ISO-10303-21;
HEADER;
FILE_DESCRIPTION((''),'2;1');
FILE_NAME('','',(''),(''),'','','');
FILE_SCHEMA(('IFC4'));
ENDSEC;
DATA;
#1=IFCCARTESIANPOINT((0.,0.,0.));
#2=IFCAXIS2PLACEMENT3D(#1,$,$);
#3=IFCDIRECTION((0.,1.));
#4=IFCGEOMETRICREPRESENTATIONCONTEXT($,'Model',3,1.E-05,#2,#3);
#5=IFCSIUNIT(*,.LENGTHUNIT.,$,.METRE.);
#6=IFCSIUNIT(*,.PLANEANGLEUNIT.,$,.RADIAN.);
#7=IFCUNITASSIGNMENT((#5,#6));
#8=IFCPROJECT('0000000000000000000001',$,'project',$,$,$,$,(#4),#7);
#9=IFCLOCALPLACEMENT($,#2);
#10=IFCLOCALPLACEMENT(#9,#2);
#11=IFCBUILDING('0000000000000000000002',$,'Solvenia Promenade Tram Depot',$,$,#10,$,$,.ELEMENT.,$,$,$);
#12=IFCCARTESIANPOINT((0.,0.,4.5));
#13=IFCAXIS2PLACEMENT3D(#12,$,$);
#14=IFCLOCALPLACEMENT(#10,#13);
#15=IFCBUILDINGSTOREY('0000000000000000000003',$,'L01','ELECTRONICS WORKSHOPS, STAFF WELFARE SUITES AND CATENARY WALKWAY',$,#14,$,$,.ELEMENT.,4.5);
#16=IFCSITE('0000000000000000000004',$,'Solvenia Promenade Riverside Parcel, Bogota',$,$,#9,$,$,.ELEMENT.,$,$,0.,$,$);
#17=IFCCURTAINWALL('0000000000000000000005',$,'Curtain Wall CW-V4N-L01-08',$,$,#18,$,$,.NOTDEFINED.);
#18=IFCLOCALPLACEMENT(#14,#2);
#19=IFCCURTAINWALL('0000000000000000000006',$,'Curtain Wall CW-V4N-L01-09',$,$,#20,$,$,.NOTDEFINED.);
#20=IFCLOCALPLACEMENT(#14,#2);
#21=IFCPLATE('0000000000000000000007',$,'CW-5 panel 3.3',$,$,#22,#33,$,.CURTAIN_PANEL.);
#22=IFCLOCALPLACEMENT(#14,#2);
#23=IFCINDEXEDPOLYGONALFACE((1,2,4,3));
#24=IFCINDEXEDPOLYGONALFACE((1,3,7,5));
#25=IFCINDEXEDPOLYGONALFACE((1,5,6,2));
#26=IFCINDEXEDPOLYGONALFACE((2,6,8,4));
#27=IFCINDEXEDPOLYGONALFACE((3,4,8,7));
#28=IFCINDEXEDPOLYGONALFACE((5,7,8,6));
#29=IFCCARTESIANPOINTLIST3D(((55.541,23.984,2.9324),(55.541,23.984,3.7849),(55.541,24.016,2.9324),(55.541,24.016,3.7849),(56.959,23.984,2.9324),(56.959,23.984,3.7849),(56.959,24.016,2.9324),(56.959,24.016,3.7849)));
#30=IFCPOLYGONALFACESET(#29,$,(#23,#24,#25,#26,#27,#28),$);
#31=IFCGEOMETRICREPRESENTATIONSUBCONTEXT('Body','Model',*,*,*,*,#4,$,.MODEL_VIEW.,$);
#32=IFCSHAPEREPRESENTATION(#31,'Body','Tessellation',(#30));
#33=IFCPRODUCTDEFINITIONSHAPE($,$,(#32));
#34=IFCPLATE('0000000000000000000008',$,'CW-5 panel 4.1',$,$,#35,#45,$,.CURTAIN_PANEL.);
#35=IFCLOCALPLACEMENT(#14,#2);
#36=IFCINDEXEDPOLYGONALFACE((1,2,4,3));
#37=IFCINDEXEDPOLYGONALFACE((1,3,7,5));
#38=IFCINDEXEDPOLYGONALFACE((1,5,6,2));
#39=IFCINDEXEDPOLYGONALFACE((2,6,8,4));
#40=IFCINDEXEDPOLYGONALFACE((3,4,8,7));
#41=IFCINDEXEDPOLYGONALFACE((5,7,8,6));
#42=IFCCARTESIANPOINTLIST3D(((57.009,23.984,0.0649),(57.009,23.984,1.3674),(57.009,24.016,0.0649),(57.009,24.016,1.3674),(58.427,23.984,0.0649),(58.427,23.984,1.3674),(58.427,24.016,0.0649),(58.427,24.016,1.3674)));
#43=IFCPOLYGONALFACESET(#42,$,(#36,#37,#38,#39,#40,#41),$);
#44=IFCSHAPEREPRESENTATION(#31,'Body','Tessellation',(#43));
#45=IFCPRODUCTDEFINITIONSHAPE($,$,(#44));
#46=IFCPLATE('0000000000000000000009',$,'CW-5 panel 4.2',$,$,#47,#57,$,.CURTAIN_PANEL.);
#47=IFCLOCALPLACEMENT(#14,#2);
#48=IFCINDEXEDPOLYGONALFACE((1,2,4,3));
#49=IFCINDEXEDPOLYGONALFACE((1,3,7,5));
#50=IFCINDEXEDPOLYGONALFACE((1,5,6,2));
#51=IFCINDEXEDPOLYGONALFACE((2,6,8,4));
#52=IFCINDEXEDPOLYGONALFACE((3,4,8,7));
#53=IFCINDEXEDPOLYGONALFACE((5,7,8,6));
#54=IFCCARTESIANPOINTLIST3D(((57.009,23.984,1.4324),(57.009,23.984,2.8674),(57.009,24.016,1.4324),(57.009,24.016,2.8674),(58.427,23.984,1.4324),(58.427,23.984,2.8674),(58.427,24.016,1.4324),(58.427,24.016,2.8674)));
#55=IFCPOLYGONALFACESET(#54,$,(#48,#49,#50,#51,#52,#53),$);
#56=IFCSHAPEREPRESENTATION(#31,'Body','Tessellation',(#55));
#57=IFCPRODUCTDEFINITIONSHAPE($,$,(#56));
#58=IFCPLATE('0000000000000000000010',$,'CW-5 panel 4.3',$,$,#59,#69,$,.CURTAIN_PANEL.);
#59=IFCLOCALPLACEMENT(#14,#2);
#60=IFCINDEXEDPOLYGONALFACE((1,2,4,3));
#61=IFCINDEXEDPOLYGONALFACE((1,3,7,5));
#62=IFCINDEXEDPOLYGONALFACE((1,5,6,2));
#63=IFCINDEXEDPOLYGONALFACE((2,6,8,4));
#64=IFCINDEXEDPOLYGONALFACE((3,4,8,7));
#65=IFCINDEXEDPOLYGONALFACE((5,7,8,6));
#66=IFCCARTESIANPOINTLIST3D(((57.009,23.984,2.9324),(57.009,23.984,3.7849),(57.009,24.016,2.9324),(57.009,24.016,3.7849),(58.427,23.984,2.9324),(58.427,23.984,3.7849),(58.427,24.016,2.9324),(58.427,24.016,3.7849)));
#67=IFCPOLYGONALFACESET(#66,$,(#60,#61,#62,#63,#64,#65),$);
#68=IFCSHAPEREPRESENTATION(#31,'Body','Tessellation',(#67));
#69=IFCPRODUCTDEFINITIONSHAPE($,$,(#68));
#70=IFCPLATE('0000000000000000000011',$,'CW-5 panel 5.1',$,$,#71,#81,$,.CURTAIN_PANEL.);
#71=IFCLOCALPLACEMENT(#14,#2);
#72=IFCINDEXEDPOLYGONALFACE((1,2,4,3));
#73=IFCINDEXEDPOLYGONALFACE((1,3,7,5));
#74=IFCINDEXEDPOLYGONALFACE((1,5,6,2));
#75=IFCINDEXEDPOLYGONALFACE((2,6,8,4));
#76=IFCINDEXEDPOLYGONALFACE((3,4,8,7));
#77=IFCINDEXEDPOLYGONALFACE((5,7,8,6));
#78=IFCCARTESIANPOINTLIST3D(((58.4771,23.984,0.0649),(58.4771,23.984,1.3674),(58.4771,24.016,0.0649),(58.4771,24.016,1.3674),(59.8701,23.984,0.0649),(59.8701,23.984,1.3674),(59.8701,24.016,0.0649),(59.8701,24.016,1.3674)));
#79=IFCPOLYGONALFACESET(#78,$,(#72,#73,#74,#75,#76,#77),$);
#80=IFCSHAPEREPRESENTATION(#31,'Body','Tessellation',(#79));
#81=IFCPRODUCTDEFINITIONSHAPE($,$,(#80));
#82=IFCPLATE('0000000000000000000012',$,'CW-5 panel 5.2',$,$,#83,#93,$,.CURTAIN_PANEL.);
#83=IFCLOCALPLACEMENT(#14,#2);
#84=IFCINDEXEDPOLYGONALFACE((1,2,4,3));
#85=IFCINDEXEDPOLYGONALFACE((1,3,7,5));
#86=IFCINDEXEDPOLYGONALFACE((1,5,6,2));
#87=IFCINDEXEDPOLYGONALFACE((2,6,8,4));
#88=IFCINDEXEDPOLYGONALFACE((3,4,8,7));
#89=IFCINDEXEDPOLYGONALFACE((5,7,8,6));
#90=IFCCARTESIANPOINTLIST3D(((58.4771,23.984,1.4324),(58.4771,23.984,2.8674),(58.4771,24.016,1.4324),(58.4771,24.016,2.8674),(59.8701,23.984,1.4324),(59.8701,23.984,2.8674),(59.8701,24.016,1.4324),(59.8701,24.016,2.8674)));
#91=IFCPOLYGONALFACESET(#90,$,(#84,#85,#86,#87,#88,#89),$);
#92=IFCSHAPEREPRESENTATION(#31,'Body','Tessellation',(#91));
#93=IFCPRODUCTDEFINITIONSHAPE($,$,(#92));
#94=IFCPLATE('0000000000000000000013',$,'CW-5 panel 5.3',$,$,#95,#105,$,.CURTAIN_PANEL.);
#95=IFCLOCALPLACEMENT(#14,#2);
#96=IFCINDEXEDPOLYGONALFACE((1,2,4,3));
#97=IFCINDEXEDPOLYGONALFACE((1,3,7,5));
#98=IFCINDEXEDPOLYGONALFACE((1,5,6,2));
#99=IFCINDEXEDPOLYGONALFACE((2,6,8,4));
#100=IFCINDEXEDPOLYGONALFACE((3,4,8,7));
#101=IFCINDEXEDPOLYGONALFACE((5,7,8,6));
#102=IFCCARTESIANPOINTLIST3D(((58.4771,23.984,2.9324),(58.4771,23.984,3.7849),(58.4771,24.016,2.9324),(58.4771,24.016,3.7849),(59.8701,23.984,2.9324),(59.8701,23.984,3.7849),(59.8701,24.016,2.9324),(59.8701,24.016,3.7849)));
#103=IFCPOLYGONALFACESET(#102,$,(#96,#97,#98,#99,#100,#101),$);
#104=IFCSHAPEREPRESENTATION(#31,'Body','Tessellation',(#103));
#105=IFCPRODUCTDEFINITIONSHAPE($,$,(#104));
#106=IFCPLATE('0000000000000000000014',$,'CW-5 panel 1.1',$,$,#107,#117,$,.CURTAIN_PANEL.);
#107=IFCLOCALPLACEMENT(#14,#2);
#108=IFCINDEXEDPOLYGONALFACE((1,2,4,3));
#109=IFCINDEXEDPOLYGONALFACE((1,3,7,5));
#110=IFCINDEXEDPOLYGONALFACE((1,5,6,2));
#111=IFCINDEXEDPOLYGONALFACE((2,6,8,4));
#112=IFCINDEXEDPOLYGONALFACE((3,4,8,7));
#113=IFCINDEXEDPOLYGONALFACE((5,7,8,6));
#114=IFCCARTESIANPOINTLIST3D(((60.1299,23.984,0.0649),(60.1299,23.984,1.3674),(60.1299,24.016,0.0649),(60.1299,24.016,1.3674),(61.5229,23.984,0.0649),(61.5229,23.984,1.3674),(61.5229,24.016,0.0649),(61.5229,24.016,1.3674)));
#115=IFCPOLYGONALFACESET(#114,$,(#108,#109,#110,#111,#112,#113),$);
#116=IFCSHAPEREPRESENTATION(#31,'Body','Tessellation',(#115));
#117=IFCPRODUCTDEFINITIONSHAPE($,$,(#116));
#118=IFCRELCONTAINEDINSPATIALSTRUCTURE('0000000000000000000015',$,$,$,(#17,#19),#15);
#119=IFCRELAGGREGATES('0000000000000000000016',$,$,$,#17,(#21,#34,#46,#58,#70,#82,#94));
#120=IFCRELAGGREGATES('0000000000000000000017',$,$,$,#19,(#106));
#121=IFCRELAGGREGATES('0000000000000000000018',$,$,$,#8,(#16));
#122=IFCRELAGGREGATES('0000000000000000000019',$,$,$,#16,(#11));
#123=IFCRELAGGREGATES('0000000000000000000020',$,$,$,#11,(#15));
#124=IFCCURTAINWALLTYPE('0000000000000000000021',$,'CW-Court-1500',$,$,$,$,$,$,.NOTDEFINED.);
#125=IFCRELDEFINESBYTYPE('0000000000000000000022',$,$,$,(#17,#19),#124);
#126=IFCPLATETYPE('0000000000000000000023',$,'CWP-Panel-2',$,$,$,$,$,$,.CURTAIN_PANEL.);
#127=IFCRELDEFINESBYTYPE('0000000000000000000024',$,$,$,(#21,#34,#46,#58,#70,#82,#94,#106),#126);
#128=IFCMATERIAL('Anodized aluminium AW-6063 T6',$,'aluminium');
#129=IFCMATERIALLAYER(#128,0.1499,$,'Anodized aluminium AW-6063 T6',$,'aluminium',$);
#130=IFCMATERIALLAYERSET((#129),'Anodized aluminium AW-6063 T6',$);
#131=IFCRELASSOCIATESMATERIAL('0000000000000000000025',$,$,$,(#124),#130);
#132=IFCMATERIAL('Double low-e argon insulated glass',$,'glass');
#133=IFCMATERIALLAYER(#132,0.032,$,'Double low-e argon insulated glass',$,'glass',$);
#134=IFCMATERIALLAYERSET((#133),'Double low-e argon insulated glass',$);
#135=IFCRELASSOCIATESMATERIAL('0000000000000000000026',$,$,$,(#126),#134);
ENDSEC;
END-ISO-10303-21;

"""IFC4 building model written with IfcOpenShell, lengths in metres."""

from ifc_helpers import new_model, si_unit, direction, frame, origin, origin_2d, place, context, subcontext, project, spatial, rectangle, extrude, material, layer, layer_set, type_object, element, aggregate, save


model = new_model("IFC4")

# Units and contexts
model_context = context("Model", 3, precision=1e-05, world=origin(), true_north=direction((0.0, 1.0)))
body_context = subcontext(model_context, "Body", "Model", "MODEL_VIEW")
ifc_project = project(units=[si_unit("LENGTHUNIT", "METRE"), si_unit("PLANEANGLEUNIT", "RADIAN")], contexts=[model_context])

# Site, building, storey
site_placement = place(None, origin())
site = spatial("IfcSite", under=ifc_project, at=site_placement, Name="Solvenia Promenade Riverside Parcel, Bogota", CompositionType="ELEMENT", RefElevation=0.0)
building_placement = place(site_placement, origin())
building = spatial("IfcBuilding", under=site, at=building_placement, Name="Solvenia Promenade Tram Depot", CompositionType="ELEMENT")
storey_placement = place(building_placement, frame((0.0, 0.0, 4.5)))
storey = spatial("IfcBuildingStorey", under=building, at=storey_placement, Name="L01", Description="ELECTRONICS WORKSHOPS, STAFF WELFARE SUITES AND CATENARY WALKWAY", CompositionType="ELEMENT", Elevation=4.5)

# Curtain wall
ifc_material_1 = material(Name="Anodized aluminium AW-6063 T6", Category="aluminium")
ifc_layer_1 = layer(ifc_material_1, 0.1499, Name="Anodized aluminium AW-6063 T6", Category="aluminium")
ifc_layer_set_1 = layer_set([ifc_layer_1], Name="Anodized aluminium AW-6063 T6")
curtain_wall_type = type_object("IfcCurtainWallType", Name="CW-Court-1500", PredefinedType="NOTDEFINED", material=ifc_layer_set_1)
curtain_wall_1_placement = place(storey_placement, origin())
curtain_wall_1 = element("IfcCurtainWall", 1, at=curtain_wall_1_placement, inside=storey, type_object=curtain_wall_type, Name="Curtain Wall CW-V4N-L01-08", PredefinedType="NOTDEFINED")

# Curtain wall
curtain_wall_2_placement = place(storey_placement, origin())
curtain_wall_2 = element("IfcCurtainWall", 2, at=curtain_wall_2_placement, inside=storey, type_object=curtain_wall_type, Name="Curtain Wall CW-V4N-L01-09", PredefinedType="NOTDEFINED")

# Plates
ifc_material_2 = material(Name="Double low-e argon insulated glass", Category="glass")
ifc_layer_2 = layer(ifc_material_2, 0.032, Name="Double low-e argon insulated glass", Category="glass")
ifc_layer_set_2 = layer_set([ifc_layer_2], Name="Double low-e argon insulated glass")
plate_type = type_object("IfcPlateType", Name="CWP-Panel-2", PredefinedType="CURTAIN_PANEL", material=ifc_layer_set_2)
plate_1_placement = place(storey_placement, frame((56.25, 24.0, 2.9324), z_axis=(0.0, 0.0, 1.0), x_axis=(1.0, 0.0, 0.0)))
plate_1 = element("IfcPlate", 3, at=plate_1_placement, type_object=plate_type, Name="CW-5 panel 3.3", PredefinedType="CURTAIN_PANEL", context=body_context, shape_type="SweptSolid", body=[
    extrude(rectangle(XDim=1.418, YDim=0.032, at=origin_2d()), origin(), (0.0, 0.0, 1.0), 0.8525),
])
plate_2_placement = place(storey_placement, frame((57.718, 24.0, 0.0649), z_axis=(0.0, 0.0, 1.0), x_axis=(1.0, 0.0, 0.0)))
plate_2 = element("IfcPlate", 4, at=plate_2_placement, type_object=plate_type, Name="CW-5 panel 4.1", PredefinedType="CURTAIN_PANEL", context=body_context, shape_type="SweptSolid", body=[
    extrude(rectangle(XDim=1.418, YDim=0.032, at=origin_2d()), origin(), (0.0, 0.0, 1.0), 1.3025),
])
plate_3_placement = place(storey_placement, frame((57.718, 24.0, 1.4324), z_axis=(0.0, 0.0, 1.0), x_axis=(1.0, 0.0, 0.0)))
plate_3 = element("IfcPlate", 5, at=plate_3_placement, type_object=plate_type, Name="CW-5 panel 4.2", PredefinedType="CURTAIN_PANEL", context=body_context, shape_type="SweptSolid", body=[
    extrude(rectangle(XDim=1.418, YDim=0.032, at=origin_2d()), origin(), (0.0, 0.0, 1.0), 1.4351),
])
plate_4_placement = place(storey_placement, frame((57.718, 24.0, 2.9324), z_axis=(0.0, 0.0, 1.0), x_axis=(1.0, 0.0, 0.0)))
plate_4 = element("IfcPlate", 6, at=plate_4_placement, type_object=plate_type, Name="CW-5 panel 4.3", PredefinedType="CURTAIN_PANEL", context=body_context, shape_type="SweptSolid", body=[
    extrude(rectangle(XDim=1.418, YDim=0.032, at=origin_2d()), origin(), (0.0, 0.0, 1.0), 0.8525),
])
plate_5_placement = place(storey_placement, frame((59.1736, 24.0, 0.0649), z_axis=(0.0, 0.0, 1.0), x_axis=(1.0, 0.0, 0.0)))
plate_5 = element("IfcPlate", 7, at=plate_5_placement, type_object=plate_type, Name="CW-5 panel 5.1", PredefinedType="CURTAIN_PANEL", context=body_context, shape_type="SweptSolid", body=[
    extrude(rectangle(XDim=1.3931, YDim=0.032, at=origin_2d()), origin(), (0.0, 0.0, 1.0), 1.3025),
])
plate_6_placement = place(storey_placement, frame((59.1736, 24.0, 1.4324), z_axis=(0.0, 0.0, 1.0), x_axis=(1.0, 0.0, 0.0)))
plate_6 = element("IfcPlate", 8, at=plate_6_placement, type_object=plate_type, Name="CW-5 panel 5.2", PredefinedType="CURTAIN_PANEL", context=body_context, shape_type="SweptSolid", body=[
    extrude(rectangle(XDim=1.3931, YDim=0.032, at=origin_2d()), origin(), (0.0, 0.0, 1.0), 1.4351),
])
plate_7_placement = place(storey_placement, frame((59.1736, 24.0, 2.9324), z_axis=(0.0, 0.0, 1.0), x_axis=(1.0, 0.0, 0.0)))
plate_7 = element("IfcPlate", 9, at=plate_7_placement, type_object=plate_type, Name="CW-5 panel 5.3", PredefinedType="CURTAIN_PANEL", context=body_context, shape_type="SweptSolid", body=[
    extrude(rectangle(XDim=1.3931, YDim=0.032, at=origin_2d()), origin(), (0.0, 0.0, 1.0), 0.8525),
])
aggregate(curtain_wall_1, [plate_1, plate_2, plate_3, plate_4, plate_5, plate_6, plate_7])
plate_8_placement = place(storey_placement, frame((60.8264, 24.0, 0.0649), z_axis=(0.0, 0.0, 1.0), x_axis=(1.0, 0.0, 0.0)))
plate_8 = element("IfcPlate", 10, at=plate_8_placement, type_object=plate_type, Name="CW-5 panel 1.1", PredefinedType="CURTAIN_PANEL", context=body_context, shape_type="SweptSolid", body=[
    extrude(rectangle(XDim=1.3931, YDim=0.032, at=origin_2d()), origin(), (0.0, 0.0, 1.0), 1.3025),
])
aggregate(curtain_wall_2, [plate_8])

save(model, "model.ifc")
